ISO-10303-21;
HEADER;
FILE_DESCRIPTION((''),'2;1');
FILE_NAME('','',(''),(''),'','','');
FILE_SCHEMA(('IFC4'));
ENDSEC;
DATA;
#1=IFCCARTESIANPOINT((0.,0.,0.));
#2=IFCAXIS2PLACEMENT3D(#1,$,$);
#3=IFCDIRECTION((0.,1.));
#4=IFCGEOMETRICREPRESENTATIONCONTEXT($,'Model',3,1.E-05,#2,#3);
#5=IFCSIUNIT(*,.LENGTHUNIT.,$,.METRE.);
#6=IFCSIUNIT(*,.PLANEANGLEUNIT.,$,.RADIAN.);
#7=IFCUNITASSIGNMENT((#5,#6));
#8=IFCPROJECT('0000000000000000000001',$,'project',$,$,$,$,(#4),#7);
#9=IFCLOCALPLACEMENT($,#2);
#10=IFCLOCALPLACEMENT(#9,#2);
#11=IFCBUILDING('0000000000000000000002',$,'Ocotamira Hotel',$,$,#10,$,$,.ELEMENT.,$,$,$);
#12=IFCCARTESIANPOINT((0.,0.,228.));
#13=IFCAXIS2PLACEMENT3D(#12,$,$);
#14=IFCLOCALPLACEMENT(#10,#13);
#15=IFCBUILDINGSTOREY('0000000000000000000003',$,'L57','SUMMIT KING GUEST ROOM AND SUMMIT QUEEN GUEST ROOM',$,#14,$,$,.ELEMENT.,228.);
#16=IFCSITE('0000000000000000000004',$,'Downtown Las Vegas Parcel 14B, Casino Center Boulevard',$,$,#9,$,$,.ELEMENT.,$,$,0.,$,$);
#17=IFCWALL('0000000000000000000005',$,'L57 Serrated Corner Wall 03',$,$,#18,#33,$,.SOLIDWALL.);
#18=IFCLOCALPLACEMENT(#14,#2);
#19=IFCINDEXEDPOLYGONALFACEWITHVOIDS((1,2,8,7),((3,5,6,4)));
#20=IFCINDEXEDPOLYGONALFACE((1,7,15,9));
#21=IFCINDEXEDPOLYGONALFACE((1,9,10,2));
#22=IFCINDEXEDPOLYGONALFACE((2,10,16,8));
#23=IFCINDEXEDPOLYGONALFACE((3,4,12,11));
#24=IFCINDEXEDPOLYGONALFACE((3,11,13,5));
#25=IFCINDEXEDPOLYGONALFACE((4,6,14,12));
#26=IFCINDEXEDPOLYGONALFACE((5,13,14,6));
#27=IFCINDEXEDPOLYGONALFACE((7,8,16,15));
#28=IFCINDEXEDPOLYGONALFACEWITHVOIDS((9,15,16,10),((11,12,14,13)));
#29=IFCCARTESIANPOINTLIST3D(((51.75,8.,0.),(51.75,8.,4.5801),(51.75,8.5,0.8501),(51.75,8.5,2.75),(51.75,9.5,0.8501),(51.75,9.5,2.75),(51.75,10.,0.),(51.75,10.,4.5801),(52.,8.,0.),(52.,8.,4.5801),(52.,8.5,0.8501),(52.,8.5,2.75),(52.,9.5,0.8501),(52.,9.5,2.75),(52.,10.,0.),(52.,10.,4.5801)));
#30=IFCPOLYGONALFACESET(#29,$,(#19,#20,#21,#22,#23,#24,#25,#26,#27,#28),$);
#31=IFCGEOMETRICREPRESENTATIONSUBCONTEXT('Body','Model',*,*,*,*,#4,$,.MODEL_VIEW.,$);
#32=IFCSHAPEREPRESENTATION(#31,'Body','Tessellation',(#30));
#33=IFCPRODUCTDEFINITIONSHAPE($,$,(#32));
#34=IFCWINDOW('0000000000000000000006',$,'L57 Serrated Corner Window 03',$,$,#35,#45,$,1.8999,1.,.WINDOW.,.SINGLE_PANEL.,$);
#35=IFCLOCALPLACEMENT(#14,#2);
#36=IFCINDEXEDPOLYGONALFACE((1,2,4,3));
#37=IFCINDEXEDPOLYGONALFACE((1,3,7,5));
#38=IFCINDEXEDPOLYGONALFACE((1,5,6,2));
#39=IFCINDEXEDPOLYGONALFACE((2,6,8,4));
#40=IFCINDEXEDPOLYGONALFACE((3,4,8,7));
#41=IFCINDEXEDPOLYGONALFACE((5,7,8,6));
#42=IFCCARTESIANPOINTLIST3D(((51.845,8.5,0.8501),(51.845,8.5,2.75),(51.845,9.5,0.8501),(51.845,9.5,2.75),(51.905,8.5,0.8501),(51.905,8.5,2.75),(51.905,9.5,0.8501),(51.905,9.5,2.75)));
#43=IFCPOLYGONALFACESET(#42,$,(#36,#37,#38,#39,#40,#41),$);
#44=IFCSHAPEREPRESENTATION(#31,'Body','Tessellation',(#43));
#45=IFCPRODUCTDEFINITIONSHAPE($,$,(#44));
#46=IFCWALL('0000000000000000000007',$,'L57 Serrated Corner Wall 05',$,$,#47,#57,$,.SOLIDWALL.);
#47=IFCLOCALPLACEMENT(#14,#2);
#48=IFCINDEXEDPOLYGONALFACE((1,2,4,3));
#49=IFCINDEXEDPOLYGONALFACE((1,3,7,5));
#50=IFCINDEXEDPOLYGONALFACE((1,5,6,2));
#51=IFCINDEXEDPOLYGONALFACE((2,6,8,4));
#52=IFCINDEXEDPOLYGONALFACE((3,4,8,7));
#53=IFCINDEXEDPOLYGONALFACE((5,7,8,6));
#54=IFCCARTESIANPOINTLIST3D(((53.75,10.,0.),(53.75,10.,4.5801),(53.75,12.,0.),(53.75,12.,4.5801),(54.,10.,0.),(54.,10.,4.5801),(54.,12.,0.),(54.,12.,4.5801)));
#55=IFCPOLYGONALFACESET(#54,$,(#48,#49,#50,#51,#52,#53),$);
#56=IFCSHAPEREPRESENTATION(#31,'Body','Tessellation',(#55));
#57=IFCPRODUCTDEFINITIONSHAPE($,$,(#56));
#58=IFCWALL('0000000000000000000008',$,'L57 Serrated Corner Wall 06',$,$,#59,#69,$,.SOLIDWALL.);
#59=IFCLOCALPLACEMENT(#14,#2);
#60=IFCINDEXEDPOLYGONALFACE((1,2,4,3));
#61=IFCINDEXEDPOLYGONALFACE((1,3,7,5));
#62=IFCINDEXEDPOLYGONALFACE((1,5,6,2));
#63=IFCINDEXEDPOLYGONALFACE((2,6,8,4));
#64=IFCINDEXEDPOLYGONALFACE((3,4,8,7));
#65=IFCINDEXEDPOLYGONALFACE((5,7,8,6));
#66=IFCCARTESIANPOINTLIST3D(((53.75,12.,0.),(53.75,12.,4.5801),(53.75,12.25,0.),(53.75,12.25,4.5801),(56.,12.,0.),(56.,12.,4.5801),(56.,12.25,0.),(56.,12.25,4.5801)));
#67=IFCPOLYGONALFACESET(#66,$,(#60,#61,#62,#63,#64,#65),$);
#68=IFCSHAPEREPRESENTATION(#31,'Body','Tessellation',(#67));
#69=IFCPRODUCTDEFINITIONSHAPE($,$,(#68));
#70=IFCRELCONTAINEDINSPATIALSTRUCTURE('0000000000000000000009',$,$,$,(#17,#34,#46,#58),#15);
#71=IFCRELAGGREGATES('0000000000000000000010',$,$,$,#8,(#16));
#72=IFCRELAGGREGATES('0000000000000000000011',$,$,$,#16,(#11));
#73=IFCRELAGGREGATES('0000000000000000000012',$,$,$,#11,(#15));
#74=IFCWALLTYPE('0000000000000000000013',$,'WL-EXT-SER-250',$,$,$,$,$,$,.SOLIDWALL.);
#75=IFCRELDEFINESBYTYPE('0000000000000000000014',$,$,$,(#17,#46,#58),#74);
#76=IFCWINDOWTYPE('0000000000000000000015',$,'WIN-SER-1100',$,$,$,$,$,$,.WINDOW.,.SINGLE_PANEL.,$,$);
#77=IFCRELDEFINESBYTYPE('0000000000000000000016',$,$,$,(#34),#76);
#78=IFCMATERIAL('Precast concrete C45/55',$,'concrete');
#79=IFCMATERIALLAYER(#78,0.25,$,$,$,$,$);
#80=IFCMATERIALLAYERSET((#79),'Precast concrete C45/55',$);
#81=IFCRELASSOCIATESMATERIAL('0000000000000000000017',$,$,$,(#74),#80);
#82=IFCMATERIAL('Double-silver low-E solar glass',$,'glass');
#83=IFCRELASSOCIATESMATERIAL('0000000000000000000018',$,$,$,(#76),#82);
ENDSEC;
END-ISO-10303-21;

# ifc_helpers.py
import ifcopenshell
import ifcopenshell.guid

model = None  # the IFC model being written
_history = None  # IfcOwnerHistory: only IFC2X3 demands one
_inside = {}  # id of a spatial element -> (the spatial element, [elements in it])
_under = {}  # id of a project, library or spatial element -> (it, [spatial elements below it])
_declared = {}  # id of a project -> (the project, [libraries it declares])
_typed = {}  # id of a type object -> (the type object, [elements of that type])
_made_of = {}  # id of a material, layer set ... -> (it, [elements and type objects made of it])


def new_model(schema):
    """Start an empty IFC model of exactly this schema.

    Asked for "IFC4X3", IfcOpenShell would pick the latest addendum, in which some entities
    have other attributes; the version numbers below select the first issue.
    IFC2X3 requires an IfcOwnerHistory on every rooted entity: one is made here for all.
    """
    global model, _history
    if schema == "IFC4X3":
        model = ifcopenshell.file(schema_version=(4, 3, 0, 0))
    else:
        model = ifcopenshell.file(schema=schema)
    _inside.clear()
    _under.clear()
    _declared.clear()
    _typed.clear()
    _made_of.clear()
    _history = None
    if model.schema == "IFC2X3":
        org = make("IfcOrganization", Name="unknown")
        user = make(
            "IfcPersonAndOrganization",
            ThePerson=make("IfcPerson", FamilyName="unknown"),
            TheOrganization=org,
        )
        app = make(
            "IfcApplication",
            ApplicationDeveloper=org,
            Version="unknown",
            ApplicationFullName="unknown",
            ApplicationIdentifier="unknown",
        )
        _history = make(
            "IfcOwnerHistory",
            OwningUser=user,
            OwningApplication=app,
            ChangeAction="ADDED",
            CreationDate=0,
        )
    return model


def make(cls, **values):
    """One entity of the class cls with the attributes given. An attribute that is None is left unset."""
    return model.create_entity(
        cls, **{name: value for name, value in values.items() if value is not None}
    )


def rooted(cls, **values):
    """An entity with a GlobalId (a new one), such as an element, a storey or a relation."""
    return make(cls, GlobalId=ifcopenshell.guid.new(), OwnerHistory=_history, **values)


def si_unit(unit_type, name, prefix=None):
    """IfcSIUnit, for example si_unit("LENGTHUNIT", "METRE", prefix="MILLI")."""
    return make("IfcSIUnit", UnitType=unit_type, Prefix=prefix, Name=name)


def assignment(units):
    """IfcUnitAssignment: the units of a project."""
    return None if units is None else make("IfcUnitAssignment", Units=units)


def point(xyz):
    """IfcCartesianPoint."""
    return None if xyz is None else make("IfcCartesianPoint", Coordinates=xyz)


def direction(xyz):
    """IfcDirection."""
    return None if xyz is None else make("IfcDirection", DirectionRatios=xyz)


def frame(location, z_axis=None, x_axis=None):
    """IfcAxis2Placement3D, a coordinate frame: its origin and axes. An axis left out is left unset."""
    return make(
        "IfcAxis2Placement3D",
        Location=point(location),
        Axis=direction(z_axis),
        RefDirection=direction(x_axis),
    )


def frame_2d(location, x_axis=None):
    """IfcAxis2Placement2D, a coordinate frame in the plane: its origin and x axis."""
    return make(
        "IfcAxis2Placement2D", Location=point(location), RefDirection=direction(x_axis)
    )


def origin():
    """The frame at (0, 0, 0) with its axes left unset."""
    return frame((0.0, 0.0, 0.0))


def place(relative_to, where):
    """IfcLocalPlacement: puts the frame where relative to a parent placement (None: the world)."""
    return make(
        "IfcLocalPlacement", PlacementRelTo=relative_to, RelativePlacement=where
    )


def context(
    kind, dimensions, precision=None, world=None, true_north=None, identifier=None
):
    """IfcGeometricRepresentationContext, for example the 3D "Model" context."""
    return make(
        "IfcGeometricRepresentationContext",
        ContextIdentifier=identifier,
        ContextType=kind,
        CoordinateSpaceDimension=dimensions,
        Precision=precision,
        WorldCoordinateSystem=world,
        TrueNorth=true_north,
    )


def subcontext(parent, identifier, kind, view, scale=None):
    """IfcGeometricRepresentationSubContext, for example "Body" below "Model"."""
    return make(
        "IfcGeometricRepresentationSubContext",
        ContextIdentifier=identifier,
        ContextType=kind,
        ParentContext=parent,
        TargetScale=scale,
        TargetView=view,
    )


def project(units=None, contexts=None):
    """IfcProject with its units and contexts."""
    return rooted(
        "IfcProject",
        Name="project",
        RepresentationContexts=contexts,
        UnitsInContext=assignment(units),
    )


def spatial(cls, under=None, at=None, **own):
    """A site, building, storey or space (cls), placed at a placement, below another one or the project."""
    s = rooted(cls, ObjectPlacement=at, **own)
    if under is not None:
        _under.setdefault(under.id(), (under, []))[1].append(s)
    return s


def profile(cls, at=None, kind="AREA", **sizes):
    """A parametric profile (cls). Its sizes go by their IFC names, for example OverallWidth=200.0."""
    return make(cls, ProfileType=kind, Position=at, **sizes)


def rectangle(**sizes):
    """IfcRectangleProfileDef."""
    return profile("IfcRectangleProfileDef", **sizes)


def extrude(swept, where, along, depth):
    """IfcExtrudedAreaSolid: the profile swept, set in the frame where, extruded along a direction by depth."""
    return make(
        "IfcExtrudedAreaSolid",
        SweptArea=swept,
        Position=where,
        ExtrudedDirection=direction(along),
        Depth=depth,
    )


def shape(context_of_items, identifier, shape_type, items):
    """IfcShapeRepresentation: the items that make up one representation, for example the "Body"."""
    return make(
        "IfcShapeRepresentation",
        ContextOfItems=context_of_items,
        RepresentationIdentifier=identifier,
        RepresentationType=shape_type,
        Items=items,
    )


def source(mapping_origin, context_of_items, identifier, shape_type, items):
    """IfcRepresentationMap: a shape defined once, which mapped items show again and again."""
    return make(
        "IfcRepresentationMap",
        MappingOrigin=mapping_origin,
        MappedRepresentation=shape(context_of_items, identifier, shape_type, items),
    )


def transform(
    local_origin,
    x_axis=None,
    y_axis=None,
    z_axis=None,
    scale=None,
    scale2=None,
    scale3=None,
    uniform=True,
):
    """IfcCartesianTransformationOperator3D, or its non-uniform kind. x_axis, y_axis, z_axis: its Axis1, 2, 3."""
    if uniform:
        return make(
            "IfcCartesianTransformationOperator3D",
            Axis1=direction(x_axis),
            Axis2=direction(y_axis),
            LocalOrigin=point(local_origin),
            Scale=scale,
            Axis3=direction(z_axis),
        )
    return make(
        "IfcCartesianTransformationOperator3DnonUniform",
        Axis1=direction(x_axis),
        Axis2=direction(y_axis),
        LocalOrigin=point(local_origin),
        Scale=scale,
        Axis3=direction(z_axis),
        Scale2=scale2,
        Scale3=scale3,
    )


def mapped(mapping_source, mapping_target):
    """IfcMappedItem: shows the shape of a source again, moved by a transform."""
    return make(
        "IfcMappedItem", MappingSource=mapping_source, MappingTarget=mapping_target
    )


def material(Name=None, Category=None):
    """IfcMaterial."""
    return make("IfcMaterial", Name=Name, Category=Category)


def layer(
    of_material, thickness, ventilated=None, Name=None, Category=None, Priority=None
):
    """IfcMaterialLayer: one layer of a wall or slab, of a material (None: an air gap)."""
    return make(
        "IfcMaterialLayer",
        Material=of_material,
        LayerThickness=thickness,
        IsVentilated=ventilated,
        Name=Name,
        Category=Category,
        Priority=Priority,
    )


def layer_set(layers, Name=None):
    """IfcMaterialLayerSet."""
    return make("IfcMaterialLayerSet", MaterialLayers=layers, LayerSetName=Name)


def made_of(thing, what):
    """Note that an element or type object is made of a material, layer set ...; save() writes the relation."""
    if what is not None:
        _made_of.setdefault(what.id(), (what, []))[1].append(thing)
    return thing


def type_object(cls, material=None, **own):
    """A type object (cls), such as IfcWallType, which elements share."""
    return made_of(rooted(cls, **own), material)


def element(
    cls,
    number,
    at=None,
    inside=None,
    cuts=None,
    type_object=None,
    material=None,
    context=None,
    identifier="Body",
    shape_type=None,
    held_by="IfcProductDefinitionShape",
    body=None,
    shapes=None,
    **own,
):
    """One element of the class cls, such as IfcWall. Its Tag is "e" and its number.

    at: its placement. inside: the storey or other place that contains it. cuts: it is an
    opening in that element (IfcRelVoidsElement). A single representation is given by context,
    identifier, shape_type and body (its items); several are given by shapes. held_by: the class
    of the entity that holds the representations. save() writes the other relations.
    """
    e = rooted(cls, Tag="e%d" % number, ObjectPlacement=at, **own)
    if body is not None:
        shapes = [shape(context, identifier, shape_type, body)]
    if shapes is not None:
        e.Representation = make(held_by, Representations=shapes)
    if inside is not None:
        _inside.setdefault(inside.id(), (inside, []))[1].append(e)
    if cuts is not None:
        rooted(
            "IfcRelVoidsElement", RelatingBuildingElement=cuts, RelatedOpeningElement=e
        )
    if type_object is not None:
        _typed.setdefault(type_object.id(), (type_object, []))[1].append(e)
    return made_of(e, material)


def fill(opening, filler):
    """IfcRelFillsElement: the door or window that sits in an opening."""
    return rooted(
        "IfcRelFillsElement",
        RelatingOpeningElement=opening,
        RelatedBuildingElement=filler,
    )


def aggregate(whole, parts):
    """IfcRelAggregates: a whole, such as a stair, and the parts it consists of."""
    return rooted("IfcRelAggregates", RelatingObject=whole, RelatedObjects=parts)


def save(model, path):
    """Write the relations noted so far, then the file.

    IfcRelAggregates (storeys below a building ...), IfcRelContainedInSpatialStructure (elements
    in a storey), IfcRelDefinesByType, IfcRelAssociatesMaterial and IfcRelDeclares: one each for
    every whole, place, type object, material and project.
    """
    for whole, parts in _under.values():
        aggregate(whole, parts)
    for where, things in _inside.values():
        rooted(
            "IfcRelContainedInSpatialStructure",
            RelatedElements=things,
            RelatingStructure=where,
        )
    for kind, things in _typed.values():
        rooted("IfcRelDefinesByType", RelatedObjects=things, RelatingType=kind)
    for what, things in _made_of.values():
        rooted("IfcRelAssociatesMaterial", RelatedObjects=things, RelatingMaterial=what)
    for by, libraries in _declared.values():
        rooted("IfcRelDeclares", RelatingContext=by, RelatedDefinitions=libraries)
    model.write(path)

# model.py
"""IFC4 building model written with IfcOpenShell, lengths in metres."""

from ifc_helpers import new_model, si_unit, direction, frame, frame_2d, origin, place, context, subcontext, project, spatial, rectangle, extrude, source, transform, mapped, material, layer, layer_set, type_object, element, fill, save


model = new_model("IFC4")

# Units and contexts
model_context = context("Model", 3, precision=1e-05, world=origin(), true_north=direction((0.0, 1.0)))
body_context = subcontext(model_context, "Body", "Model", "MODEL_VIEW")
ifc_project = project(units=[si_unit("LENGTHUNIT", "METRE"), si_unit("PLANEANGLEUNIT", "RADIAN")], contexts=[model_context])

# Site, building, storey
site_placement = place(None, origin())
site = spatial("IfcSite", under=ifc_project, at=site_placement, Name="Downtown Las Vegas Parcel 14B, Casino Center Boulevard", CompositionType="ELEMENT", RefElevation=0.0)
building_placement = place(site_placement, origin())
building = spatial("IfcBuilding", under=site, at=building_placement, Name="Ocotamira Hotel", CompositionType="ELEMENT")
storey_placement = place(building_placement, frame((0.0, 0.0, 228.0)))
storey = spatial("IfcBuildingStorey", under=building, at=storey_placement, Name="L57", Description="SUMMIT KING GUEST ROOM AND SUMMIT QUEEN GUEST ROOM", CompositionType="ELEMENT", Elevation=228.0)

# Wall, opening, window
ifc_material_1 = material(Name="Precast concrete C45/55", Category="concrete")
ifc_layer_1 = layer(ifc_material_1, 0.25)
ifc_layer_set_1 = layer_set([ifc_layer_1], Name="Precast concrete C45/55")
wall_type_1 = type_object("IfcWallType", Name="WL-EXT-SER-250", PredefinedType="SOLIDWALL", material=ifc_layer_set_1)
wall_1_placement = place(storey_placement, frame((51.875, 8.0, 0.0), z_axis=(0.0, 0.0, 1.0), x_axis=(0.0, 1.0, 0.0)))
wall_1 = element("IfcWall", 1, at=wall_1_placement, inside=storey, type_object=wall_type_1, Name="L57 Serrated Corner Wall 03", PredefinedType="SOLIDWALL", context=body_context, shape_type="SweptSolid", body=[
    extrude(rectangle(XDim=2.0, YDim=0.25, at=frame_2d((1.0, 0.0))), origin(), (0.0, 0.0, 1.0), 4.5801),
])
opening_placement = place(wall_1_placement, frame((0.5, 0.0, 0.8501)))
opening = element("IfcOpeningElement", 2, at=opening_placement, cuts=wall_1, PredefinedType="OPENING", context=body_context, shape_type="SweptSolid", body=[
    extrude(rectangle(XDim=1.0, YDim=1.8999, at=frame_2d((0.5, 0.95))), frame((0.0, 0.135, 0.0), z_axis=(0.0, -1.0, 0.0), x_axis=(1.0, 0.0, 0.0)), (0.0, 0.0, 1.0), 0.27),
])
ifc_material_2 = material(Name="Double-silver low-E solar glass", Category="glass")
window_type = type_object("IfcWindowType", Name="WIN-SER-1100", PartitioningType="SINGLE_PANEL", PredefinedType="WINDOW", material=ifc_material_2)
shared_shape_1 = source(origin(), body_context, "Body", "SweptSolid", [
    extrude(rectangle(XDim=1.0, YDim=1.8999, at=frame_2d((0.5, 0.95))), frame((0.0, 0.03, 0.0), z_axis=(0.0, -1.0, 0.0), x_axis=(1.0, 0.0, 0.0)), (0.0, 0.0, 1.0), 0.0601),
])
window_placement = place(opening_placement, origin())
window = element("IfcWindow", 3, at=window_placement, inside=storey, type_object=window_type, Name="L57 Serrated Corner Window 03", OverallHeight=1.8999, OverallWidth=1.0, PartitioningType="SINGLE_PANEL", PredefinedType="WINDOW", context=body_context, shape_type="MappedRepresentation", body=[
    mapped(shared_shape_1, transform((0.0, 0.0, 0.0), scale=1.0)),
])
fill(opening, window)

# Walls
wall_2_placement = place(storey_placement, frame((53.875, 10.0, 0.0), z_axis=(0.0, 0.0, 1.0), x_axis=(0.0, 1.0, 0.0)))
element("IfcWall", 4, at=wall_2_placement, inside=storey, type_object=wall_type_1, Name="L57 Serrated Corner Wall 05", PredefinedType="SOLIDWALL", context=body_context, shape_type="SweptSolid", body=[
    extrude(rectangle(XDim=2.0, YDim=0.25, at=frame_2d((1.0, 0.0))), origin(), (0.0, 0.0, 1.0), 4.5801),
])
wall_3_placement = place(storey_placement, frame((53.75, 12.125, 0.0), z_axis=(0.0, 0.0, 1.0), x_axis=(1.0, 0.0, 0.0)))
element("IfcWall", 5, at=wall_3_placement, inside=storey, type_object=wall_type_1, Name="L57 Serrated Corner Wall 06", PredefinedType="SOLIDWALL", context=body_context, shape_type="SweptSolid", body=[
    extrude(rectangle(XDim=2.25, YDim=0.25, at=frame_2d((1.125, 0.0))), origin(), (0.0, 0.0, 1.0), 4.5801),
])

save(model, "model.ifc")
